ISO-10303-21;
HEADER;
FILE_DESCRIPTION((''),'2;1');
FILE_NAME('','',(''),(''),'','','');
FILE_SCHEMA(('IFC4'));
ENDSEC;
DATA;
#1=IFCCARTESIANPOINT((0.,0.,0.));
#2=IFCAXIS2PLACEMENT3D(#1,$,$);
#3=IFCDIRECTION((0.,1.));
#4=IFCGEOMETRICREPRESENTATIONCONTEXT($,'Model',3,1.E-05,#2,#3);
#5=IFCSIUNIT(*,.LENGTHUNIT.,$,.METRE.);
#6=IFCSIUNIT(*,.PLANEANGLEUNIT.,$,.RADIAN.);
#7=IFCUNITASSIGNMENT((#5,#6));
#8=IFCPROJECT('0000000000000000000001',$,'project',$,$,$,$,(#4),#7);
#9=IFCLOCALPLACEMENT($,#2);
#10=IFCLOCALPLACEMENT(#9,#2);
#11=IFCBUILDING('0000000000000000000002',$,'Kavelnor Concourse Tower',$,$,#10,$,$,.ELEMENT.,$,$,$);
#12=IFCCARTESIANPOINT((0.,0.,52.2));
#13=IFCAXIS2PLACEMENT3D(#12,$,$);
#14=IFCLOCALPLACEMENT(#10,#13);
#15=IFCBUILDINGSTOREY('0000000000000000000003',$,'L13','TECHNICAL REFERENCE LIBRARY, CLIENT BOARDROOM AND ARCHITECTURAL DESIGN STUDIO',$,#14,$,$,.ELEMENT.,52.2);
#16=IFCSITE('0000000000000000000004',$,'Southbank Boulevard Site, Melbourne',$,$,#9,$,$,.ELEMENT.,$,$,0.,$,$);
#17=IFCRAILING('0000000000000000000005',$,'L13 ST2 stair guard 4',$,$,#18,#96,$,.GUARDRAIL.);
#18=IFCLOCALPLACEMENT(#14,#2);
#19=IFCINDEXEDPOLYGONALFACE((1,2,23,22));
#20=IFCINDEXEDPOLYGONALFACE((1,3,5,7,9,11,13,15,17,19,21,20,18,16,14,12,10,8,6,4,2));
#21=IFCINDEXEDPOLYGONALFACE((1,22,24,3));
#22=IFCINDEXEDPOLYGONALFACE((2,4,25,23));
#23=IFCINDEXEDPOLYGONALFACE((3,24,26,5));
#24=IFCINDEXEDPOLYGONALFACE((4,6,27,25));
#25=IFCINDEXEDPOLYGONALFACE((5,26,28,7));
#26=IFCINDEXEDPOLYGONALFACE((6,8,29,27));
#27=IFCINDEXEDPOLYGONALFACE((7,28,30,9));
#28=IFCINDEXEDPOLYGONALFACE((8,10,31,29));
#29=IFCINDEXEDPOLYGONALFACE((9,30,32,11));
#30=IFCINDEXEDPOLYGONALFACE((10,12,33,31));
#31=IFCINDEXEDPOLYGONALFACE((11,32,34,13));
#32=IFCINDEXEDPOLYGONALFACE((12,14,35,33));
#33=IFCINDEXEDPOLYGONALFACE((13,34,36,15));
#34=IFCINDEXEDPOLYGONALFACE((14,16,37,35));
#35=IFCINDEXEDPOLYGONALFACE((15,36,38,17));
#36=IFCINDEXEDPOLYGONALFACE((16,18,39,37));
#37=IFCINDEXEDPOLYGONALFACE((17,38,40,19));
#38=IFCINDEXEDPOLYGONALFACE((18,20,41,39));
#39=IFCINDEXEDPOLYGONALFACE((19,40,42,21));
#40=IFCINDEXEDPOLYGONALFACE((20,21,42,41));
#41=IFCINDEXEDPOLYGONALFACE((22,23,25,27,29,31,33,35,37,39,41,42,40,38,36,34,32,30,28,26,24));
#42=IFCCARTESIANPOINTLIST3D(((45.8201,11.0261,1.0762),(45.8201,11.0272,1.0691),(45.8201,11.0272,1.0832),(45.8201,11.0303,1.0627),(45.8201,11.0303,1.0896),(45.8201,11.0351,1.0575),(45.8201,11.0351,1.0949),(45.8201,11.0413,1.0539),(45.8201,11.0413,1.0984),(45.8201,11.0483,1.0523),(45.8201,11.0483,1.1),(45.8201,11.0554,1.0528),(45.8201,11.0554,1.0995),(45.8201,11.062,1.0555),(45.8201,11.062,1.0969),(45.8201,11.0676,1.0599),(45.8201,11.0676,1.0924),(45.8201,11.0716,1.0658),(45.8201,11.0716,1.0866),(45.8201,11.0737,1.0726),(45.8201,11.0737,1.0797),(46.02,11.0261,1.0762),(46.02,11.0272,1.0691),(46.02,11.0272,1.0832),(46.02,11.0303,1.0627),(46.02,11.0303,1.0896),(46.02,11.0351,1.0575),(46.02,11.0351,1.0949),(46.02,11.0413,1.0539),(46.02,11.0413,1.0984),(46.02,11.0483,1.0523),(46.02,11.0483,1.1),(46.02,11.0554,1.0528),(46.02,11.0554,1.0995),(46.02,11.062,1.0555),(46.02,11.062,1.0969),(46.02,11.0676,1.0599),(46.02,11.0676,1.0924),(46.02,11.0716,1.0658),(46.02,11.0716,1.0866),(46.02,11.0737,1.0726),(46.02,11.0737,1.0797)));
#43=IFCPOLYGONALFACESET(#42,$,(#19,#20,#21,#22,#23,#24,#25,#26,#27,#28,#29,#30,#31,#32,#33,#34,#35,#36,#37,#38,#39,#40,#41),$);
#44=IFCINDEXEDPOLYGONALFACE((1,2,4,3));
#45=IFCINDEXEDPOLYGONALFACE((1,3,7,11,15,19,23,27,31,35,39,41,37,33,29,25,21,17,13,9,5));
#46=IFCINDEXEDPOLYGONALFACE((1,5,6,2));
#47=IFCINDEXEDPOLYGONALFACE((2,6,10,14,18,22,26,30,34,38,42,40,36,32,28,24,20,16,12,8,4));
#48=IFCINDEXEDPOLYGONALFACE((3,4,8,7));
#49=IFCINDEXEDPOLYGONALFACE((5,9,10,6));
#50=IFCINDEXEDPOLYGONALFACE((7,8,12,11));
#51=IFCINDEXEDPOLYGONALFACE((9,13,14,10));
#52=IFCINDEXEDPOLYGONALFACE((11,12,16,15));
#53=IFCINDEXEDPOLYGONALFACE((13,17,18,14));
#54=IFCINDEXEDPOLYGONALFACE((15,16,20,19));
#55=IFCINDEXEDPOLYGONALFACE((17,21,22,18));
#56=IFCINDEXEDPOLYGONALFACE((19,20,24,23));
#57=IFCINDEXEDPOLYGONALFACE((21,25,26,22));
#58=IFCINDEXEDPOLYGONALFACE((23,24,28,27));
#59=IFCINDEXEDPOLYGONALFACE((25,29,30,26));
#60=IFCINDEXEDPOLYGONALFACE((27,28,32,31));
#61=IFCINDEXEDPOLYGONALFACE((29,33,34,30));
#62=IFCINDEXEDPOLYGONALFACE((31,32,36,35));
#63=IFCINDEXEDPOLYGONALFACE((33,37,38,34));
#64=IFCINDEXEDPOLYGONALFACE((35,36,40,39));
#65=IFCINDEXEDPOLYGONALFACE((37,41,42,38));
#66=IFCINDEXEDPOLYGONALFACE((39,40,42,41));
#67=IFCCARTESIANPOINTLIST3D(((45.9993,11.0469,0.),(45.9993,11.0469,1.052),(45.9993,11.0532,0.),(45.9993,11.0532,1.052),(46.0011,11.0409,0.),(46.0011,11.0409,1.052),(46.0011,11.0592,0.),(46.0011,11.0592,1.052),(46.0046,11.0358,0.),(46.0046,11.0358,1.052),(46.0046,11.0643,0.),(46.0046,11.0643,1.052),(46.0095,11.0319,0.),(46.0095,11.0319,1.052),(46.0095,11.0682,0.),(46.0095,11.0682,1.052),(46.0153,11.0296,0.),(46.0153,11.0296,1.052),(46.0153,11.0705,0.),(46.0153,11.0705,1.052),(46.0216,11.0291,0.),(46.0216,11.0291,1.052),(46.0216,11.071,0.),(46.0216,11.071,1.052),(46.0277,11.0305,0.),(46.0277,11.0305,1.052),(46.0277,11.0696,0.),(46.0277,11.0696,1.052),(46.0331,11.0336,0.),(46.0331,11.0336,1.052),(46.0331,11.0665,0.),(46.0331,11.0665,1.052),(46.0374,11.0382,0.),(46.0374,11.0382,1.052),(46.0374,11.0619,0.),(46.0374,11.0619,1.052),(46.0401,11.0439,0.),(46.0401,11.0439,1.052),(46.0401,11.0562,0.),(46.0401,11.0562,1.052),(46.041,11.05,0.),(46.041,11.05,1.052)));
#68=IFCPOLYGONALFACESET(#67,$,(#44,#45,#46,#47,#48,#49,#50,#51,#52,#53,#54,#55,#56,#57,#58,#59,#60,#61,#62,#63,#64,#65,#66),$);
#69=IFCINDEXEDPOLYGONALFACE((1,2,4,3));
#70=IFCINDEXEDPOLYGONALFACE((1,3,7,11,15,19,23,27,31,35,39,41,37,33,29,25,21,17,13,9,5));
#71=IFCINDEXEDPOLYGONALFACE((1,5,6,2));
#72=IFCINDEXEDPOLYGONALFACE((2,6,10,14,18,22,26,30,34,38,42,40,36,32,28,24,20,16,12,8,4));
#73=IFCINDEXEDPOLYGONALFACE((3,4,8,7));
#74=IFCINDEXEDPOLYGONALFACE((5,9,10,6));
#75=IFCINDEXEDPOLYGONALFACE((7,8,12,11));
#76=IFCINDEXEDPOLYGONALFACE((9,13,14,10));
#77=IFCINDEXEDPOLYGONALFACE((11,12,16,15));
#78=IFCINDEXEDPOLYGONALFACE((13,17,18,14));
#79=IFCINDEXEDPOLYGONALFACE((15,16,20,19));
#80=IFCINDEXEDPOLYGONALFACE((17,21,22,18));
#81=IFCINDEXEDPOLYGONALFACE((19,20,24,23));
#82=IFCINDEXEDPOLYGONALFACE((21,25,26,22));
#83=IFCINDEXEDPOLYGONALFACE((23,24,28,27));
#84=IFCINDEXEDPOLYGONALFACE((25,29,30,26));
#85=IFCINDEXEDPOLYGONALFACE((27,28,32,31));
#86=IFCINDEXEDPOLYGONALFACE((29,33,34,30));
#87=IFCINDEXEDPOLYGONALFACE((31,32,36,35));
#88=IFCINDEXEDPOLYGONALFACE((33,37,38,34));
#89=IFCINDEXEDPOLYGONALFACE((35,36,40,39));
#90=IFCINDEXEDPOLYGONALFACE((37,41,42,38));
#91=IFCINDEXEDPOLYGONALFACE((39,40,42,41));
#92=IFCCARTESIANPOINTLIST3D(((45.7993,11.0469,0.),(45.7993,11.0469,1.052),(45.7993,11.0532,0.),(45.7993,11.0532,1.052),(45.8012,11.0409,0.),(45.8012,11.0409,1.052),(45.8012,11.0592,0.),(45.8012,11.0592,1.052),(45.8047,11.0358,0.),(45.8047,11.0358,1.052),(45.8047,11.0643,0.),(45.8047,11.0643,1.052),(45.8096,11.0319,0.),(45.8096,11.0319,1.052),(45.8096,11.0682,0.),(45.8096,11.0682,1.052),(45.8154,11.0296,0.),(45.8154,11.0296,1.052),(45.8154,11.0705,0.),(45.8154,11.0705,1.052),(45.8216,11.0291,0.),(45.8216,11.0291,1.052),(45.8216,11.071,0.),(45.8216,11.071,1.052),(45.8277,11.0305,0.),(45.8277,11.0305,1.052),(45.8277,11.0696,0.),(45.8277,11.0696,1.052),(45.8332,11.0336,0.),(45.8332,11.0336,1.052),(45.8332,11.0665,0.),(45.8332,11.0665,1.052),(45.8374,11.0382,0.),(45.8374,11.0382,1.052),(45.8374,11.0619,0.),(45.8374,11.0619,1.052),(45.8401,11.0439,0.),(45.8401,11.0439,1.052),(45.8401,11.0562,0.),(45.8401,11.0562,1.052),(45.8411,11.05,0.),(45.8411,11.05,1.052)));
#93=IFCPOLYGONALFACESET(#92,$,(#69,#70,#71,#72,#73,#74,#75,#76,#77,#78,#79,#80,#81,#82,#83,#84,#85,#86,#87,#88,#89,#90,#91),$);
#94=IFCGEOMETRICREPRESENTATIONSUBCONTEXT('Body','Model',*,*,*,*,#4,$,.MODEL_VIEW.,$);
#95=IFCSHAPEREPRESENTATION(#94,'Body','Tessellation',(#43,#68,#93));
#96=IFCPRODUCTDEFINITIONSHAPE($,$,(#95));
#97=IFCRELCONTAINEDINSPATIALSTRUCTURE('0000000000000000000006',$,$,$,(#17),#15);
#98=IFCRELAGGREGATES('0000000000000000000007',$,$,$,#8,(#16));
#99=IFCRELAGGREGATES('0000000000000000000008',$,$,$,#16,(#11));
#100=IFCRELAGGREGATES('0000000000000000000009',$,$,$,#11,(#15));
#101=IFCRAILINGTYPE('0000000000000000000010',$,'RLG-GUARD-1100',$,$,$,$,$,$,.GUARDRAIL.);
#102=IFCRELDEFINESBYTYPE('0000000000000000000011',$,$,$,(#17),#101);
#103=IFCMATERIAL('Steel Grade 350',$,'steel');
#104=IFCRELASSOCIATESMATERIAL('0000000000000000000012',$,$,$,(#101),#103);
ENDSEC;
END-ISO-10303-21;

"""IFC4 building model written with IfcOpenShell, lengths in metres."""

from ifc_helpers import new_model, si_unit, direction, frame, origin, origin_2d, place, context, subcontext, project, spatial, circle, extrude, material, type_object, element, save


model = new_model("IFC4")

# Units and contexts
model_context = context("Model", 3, precision=1e-05, world=origin(), true_north=direction((0.0, 1.0)))
body_context = subcontext(model_context, "Body", "Model", "MODEL_VIEW")
ifc_project = project(units=[si_unit("LENGTHUNIT", "METRE"), si_unit("PLANEANGLEUNIT", "RADIAN")], contexts=[model_context])

# Site, building, storey
site_placement = place(None, origin())
site = spatial("IfcSite", under=ifc_project, at=site_placement, Name="Southbank Boulevard Site, Melbourne", CompositionType="ELEMENT", RefElevation=0.0)
building_placement = place(site_placement, origin())
building = spatial("IfcBuilding", under=site, at=building_placement, Name="Kavelnor Concourse Tower", CompositionType="ELEMENT")
storey_placement = place(building_placement, frame((0.0, 0.0, 52.2)))
storey = spatial("IfcBuildingStorey", under=building, at=storey_placement, Name="L13", Description="TECHNICAL REFERENCE LIBRARY, CLIENT BOARDROOM AND ARCHITECTURAL DESIGN STUDIO", CompositionType="ELEMENT", Elevation=52.2)

# Shared definitions
ifc_material_1 = material(Name="Steel Grade 350", Category="steel")

# Railing
railing_type_1 = type_object("IfcRailingType", Name="RLG-GUARD-1100", PredefinedType="GUARDRAIL", material=ifc_material_1)
railing_1_placement = place(storey_placement, frame((46.02, 11.05, 0.0)))
element("IfcRailing", 1, at=railing_1_placement, inside=storey, type_object=railing_type_1, Name="L13 ST2 stair guard 4", PredefinedType="GUARDRAIL", context=body_context, shape_type="SweptSolid", body=[
    extrude(circle(Radius=0.0239, at=origin_2d()), frame((0.0, 0.0, 1.0762), z_axis=(-1.0, 0.0, 0.0), x_axis=(0.0, -1.0, 0.0)), (0.0, 0.0, 1.0), 0.2),
    extrude(circle(Radius=0.021, at=origin_2d()), origin(), (0.0, 0.0, 1.0), 1.052),
    extrude(circle(Radius=0.021, at=origin_2d()), frame((-0.2, 0.0, 0.0)), (0.0, 0.0, 1.0), 1.052),
])

save(model, "model.ifc")
